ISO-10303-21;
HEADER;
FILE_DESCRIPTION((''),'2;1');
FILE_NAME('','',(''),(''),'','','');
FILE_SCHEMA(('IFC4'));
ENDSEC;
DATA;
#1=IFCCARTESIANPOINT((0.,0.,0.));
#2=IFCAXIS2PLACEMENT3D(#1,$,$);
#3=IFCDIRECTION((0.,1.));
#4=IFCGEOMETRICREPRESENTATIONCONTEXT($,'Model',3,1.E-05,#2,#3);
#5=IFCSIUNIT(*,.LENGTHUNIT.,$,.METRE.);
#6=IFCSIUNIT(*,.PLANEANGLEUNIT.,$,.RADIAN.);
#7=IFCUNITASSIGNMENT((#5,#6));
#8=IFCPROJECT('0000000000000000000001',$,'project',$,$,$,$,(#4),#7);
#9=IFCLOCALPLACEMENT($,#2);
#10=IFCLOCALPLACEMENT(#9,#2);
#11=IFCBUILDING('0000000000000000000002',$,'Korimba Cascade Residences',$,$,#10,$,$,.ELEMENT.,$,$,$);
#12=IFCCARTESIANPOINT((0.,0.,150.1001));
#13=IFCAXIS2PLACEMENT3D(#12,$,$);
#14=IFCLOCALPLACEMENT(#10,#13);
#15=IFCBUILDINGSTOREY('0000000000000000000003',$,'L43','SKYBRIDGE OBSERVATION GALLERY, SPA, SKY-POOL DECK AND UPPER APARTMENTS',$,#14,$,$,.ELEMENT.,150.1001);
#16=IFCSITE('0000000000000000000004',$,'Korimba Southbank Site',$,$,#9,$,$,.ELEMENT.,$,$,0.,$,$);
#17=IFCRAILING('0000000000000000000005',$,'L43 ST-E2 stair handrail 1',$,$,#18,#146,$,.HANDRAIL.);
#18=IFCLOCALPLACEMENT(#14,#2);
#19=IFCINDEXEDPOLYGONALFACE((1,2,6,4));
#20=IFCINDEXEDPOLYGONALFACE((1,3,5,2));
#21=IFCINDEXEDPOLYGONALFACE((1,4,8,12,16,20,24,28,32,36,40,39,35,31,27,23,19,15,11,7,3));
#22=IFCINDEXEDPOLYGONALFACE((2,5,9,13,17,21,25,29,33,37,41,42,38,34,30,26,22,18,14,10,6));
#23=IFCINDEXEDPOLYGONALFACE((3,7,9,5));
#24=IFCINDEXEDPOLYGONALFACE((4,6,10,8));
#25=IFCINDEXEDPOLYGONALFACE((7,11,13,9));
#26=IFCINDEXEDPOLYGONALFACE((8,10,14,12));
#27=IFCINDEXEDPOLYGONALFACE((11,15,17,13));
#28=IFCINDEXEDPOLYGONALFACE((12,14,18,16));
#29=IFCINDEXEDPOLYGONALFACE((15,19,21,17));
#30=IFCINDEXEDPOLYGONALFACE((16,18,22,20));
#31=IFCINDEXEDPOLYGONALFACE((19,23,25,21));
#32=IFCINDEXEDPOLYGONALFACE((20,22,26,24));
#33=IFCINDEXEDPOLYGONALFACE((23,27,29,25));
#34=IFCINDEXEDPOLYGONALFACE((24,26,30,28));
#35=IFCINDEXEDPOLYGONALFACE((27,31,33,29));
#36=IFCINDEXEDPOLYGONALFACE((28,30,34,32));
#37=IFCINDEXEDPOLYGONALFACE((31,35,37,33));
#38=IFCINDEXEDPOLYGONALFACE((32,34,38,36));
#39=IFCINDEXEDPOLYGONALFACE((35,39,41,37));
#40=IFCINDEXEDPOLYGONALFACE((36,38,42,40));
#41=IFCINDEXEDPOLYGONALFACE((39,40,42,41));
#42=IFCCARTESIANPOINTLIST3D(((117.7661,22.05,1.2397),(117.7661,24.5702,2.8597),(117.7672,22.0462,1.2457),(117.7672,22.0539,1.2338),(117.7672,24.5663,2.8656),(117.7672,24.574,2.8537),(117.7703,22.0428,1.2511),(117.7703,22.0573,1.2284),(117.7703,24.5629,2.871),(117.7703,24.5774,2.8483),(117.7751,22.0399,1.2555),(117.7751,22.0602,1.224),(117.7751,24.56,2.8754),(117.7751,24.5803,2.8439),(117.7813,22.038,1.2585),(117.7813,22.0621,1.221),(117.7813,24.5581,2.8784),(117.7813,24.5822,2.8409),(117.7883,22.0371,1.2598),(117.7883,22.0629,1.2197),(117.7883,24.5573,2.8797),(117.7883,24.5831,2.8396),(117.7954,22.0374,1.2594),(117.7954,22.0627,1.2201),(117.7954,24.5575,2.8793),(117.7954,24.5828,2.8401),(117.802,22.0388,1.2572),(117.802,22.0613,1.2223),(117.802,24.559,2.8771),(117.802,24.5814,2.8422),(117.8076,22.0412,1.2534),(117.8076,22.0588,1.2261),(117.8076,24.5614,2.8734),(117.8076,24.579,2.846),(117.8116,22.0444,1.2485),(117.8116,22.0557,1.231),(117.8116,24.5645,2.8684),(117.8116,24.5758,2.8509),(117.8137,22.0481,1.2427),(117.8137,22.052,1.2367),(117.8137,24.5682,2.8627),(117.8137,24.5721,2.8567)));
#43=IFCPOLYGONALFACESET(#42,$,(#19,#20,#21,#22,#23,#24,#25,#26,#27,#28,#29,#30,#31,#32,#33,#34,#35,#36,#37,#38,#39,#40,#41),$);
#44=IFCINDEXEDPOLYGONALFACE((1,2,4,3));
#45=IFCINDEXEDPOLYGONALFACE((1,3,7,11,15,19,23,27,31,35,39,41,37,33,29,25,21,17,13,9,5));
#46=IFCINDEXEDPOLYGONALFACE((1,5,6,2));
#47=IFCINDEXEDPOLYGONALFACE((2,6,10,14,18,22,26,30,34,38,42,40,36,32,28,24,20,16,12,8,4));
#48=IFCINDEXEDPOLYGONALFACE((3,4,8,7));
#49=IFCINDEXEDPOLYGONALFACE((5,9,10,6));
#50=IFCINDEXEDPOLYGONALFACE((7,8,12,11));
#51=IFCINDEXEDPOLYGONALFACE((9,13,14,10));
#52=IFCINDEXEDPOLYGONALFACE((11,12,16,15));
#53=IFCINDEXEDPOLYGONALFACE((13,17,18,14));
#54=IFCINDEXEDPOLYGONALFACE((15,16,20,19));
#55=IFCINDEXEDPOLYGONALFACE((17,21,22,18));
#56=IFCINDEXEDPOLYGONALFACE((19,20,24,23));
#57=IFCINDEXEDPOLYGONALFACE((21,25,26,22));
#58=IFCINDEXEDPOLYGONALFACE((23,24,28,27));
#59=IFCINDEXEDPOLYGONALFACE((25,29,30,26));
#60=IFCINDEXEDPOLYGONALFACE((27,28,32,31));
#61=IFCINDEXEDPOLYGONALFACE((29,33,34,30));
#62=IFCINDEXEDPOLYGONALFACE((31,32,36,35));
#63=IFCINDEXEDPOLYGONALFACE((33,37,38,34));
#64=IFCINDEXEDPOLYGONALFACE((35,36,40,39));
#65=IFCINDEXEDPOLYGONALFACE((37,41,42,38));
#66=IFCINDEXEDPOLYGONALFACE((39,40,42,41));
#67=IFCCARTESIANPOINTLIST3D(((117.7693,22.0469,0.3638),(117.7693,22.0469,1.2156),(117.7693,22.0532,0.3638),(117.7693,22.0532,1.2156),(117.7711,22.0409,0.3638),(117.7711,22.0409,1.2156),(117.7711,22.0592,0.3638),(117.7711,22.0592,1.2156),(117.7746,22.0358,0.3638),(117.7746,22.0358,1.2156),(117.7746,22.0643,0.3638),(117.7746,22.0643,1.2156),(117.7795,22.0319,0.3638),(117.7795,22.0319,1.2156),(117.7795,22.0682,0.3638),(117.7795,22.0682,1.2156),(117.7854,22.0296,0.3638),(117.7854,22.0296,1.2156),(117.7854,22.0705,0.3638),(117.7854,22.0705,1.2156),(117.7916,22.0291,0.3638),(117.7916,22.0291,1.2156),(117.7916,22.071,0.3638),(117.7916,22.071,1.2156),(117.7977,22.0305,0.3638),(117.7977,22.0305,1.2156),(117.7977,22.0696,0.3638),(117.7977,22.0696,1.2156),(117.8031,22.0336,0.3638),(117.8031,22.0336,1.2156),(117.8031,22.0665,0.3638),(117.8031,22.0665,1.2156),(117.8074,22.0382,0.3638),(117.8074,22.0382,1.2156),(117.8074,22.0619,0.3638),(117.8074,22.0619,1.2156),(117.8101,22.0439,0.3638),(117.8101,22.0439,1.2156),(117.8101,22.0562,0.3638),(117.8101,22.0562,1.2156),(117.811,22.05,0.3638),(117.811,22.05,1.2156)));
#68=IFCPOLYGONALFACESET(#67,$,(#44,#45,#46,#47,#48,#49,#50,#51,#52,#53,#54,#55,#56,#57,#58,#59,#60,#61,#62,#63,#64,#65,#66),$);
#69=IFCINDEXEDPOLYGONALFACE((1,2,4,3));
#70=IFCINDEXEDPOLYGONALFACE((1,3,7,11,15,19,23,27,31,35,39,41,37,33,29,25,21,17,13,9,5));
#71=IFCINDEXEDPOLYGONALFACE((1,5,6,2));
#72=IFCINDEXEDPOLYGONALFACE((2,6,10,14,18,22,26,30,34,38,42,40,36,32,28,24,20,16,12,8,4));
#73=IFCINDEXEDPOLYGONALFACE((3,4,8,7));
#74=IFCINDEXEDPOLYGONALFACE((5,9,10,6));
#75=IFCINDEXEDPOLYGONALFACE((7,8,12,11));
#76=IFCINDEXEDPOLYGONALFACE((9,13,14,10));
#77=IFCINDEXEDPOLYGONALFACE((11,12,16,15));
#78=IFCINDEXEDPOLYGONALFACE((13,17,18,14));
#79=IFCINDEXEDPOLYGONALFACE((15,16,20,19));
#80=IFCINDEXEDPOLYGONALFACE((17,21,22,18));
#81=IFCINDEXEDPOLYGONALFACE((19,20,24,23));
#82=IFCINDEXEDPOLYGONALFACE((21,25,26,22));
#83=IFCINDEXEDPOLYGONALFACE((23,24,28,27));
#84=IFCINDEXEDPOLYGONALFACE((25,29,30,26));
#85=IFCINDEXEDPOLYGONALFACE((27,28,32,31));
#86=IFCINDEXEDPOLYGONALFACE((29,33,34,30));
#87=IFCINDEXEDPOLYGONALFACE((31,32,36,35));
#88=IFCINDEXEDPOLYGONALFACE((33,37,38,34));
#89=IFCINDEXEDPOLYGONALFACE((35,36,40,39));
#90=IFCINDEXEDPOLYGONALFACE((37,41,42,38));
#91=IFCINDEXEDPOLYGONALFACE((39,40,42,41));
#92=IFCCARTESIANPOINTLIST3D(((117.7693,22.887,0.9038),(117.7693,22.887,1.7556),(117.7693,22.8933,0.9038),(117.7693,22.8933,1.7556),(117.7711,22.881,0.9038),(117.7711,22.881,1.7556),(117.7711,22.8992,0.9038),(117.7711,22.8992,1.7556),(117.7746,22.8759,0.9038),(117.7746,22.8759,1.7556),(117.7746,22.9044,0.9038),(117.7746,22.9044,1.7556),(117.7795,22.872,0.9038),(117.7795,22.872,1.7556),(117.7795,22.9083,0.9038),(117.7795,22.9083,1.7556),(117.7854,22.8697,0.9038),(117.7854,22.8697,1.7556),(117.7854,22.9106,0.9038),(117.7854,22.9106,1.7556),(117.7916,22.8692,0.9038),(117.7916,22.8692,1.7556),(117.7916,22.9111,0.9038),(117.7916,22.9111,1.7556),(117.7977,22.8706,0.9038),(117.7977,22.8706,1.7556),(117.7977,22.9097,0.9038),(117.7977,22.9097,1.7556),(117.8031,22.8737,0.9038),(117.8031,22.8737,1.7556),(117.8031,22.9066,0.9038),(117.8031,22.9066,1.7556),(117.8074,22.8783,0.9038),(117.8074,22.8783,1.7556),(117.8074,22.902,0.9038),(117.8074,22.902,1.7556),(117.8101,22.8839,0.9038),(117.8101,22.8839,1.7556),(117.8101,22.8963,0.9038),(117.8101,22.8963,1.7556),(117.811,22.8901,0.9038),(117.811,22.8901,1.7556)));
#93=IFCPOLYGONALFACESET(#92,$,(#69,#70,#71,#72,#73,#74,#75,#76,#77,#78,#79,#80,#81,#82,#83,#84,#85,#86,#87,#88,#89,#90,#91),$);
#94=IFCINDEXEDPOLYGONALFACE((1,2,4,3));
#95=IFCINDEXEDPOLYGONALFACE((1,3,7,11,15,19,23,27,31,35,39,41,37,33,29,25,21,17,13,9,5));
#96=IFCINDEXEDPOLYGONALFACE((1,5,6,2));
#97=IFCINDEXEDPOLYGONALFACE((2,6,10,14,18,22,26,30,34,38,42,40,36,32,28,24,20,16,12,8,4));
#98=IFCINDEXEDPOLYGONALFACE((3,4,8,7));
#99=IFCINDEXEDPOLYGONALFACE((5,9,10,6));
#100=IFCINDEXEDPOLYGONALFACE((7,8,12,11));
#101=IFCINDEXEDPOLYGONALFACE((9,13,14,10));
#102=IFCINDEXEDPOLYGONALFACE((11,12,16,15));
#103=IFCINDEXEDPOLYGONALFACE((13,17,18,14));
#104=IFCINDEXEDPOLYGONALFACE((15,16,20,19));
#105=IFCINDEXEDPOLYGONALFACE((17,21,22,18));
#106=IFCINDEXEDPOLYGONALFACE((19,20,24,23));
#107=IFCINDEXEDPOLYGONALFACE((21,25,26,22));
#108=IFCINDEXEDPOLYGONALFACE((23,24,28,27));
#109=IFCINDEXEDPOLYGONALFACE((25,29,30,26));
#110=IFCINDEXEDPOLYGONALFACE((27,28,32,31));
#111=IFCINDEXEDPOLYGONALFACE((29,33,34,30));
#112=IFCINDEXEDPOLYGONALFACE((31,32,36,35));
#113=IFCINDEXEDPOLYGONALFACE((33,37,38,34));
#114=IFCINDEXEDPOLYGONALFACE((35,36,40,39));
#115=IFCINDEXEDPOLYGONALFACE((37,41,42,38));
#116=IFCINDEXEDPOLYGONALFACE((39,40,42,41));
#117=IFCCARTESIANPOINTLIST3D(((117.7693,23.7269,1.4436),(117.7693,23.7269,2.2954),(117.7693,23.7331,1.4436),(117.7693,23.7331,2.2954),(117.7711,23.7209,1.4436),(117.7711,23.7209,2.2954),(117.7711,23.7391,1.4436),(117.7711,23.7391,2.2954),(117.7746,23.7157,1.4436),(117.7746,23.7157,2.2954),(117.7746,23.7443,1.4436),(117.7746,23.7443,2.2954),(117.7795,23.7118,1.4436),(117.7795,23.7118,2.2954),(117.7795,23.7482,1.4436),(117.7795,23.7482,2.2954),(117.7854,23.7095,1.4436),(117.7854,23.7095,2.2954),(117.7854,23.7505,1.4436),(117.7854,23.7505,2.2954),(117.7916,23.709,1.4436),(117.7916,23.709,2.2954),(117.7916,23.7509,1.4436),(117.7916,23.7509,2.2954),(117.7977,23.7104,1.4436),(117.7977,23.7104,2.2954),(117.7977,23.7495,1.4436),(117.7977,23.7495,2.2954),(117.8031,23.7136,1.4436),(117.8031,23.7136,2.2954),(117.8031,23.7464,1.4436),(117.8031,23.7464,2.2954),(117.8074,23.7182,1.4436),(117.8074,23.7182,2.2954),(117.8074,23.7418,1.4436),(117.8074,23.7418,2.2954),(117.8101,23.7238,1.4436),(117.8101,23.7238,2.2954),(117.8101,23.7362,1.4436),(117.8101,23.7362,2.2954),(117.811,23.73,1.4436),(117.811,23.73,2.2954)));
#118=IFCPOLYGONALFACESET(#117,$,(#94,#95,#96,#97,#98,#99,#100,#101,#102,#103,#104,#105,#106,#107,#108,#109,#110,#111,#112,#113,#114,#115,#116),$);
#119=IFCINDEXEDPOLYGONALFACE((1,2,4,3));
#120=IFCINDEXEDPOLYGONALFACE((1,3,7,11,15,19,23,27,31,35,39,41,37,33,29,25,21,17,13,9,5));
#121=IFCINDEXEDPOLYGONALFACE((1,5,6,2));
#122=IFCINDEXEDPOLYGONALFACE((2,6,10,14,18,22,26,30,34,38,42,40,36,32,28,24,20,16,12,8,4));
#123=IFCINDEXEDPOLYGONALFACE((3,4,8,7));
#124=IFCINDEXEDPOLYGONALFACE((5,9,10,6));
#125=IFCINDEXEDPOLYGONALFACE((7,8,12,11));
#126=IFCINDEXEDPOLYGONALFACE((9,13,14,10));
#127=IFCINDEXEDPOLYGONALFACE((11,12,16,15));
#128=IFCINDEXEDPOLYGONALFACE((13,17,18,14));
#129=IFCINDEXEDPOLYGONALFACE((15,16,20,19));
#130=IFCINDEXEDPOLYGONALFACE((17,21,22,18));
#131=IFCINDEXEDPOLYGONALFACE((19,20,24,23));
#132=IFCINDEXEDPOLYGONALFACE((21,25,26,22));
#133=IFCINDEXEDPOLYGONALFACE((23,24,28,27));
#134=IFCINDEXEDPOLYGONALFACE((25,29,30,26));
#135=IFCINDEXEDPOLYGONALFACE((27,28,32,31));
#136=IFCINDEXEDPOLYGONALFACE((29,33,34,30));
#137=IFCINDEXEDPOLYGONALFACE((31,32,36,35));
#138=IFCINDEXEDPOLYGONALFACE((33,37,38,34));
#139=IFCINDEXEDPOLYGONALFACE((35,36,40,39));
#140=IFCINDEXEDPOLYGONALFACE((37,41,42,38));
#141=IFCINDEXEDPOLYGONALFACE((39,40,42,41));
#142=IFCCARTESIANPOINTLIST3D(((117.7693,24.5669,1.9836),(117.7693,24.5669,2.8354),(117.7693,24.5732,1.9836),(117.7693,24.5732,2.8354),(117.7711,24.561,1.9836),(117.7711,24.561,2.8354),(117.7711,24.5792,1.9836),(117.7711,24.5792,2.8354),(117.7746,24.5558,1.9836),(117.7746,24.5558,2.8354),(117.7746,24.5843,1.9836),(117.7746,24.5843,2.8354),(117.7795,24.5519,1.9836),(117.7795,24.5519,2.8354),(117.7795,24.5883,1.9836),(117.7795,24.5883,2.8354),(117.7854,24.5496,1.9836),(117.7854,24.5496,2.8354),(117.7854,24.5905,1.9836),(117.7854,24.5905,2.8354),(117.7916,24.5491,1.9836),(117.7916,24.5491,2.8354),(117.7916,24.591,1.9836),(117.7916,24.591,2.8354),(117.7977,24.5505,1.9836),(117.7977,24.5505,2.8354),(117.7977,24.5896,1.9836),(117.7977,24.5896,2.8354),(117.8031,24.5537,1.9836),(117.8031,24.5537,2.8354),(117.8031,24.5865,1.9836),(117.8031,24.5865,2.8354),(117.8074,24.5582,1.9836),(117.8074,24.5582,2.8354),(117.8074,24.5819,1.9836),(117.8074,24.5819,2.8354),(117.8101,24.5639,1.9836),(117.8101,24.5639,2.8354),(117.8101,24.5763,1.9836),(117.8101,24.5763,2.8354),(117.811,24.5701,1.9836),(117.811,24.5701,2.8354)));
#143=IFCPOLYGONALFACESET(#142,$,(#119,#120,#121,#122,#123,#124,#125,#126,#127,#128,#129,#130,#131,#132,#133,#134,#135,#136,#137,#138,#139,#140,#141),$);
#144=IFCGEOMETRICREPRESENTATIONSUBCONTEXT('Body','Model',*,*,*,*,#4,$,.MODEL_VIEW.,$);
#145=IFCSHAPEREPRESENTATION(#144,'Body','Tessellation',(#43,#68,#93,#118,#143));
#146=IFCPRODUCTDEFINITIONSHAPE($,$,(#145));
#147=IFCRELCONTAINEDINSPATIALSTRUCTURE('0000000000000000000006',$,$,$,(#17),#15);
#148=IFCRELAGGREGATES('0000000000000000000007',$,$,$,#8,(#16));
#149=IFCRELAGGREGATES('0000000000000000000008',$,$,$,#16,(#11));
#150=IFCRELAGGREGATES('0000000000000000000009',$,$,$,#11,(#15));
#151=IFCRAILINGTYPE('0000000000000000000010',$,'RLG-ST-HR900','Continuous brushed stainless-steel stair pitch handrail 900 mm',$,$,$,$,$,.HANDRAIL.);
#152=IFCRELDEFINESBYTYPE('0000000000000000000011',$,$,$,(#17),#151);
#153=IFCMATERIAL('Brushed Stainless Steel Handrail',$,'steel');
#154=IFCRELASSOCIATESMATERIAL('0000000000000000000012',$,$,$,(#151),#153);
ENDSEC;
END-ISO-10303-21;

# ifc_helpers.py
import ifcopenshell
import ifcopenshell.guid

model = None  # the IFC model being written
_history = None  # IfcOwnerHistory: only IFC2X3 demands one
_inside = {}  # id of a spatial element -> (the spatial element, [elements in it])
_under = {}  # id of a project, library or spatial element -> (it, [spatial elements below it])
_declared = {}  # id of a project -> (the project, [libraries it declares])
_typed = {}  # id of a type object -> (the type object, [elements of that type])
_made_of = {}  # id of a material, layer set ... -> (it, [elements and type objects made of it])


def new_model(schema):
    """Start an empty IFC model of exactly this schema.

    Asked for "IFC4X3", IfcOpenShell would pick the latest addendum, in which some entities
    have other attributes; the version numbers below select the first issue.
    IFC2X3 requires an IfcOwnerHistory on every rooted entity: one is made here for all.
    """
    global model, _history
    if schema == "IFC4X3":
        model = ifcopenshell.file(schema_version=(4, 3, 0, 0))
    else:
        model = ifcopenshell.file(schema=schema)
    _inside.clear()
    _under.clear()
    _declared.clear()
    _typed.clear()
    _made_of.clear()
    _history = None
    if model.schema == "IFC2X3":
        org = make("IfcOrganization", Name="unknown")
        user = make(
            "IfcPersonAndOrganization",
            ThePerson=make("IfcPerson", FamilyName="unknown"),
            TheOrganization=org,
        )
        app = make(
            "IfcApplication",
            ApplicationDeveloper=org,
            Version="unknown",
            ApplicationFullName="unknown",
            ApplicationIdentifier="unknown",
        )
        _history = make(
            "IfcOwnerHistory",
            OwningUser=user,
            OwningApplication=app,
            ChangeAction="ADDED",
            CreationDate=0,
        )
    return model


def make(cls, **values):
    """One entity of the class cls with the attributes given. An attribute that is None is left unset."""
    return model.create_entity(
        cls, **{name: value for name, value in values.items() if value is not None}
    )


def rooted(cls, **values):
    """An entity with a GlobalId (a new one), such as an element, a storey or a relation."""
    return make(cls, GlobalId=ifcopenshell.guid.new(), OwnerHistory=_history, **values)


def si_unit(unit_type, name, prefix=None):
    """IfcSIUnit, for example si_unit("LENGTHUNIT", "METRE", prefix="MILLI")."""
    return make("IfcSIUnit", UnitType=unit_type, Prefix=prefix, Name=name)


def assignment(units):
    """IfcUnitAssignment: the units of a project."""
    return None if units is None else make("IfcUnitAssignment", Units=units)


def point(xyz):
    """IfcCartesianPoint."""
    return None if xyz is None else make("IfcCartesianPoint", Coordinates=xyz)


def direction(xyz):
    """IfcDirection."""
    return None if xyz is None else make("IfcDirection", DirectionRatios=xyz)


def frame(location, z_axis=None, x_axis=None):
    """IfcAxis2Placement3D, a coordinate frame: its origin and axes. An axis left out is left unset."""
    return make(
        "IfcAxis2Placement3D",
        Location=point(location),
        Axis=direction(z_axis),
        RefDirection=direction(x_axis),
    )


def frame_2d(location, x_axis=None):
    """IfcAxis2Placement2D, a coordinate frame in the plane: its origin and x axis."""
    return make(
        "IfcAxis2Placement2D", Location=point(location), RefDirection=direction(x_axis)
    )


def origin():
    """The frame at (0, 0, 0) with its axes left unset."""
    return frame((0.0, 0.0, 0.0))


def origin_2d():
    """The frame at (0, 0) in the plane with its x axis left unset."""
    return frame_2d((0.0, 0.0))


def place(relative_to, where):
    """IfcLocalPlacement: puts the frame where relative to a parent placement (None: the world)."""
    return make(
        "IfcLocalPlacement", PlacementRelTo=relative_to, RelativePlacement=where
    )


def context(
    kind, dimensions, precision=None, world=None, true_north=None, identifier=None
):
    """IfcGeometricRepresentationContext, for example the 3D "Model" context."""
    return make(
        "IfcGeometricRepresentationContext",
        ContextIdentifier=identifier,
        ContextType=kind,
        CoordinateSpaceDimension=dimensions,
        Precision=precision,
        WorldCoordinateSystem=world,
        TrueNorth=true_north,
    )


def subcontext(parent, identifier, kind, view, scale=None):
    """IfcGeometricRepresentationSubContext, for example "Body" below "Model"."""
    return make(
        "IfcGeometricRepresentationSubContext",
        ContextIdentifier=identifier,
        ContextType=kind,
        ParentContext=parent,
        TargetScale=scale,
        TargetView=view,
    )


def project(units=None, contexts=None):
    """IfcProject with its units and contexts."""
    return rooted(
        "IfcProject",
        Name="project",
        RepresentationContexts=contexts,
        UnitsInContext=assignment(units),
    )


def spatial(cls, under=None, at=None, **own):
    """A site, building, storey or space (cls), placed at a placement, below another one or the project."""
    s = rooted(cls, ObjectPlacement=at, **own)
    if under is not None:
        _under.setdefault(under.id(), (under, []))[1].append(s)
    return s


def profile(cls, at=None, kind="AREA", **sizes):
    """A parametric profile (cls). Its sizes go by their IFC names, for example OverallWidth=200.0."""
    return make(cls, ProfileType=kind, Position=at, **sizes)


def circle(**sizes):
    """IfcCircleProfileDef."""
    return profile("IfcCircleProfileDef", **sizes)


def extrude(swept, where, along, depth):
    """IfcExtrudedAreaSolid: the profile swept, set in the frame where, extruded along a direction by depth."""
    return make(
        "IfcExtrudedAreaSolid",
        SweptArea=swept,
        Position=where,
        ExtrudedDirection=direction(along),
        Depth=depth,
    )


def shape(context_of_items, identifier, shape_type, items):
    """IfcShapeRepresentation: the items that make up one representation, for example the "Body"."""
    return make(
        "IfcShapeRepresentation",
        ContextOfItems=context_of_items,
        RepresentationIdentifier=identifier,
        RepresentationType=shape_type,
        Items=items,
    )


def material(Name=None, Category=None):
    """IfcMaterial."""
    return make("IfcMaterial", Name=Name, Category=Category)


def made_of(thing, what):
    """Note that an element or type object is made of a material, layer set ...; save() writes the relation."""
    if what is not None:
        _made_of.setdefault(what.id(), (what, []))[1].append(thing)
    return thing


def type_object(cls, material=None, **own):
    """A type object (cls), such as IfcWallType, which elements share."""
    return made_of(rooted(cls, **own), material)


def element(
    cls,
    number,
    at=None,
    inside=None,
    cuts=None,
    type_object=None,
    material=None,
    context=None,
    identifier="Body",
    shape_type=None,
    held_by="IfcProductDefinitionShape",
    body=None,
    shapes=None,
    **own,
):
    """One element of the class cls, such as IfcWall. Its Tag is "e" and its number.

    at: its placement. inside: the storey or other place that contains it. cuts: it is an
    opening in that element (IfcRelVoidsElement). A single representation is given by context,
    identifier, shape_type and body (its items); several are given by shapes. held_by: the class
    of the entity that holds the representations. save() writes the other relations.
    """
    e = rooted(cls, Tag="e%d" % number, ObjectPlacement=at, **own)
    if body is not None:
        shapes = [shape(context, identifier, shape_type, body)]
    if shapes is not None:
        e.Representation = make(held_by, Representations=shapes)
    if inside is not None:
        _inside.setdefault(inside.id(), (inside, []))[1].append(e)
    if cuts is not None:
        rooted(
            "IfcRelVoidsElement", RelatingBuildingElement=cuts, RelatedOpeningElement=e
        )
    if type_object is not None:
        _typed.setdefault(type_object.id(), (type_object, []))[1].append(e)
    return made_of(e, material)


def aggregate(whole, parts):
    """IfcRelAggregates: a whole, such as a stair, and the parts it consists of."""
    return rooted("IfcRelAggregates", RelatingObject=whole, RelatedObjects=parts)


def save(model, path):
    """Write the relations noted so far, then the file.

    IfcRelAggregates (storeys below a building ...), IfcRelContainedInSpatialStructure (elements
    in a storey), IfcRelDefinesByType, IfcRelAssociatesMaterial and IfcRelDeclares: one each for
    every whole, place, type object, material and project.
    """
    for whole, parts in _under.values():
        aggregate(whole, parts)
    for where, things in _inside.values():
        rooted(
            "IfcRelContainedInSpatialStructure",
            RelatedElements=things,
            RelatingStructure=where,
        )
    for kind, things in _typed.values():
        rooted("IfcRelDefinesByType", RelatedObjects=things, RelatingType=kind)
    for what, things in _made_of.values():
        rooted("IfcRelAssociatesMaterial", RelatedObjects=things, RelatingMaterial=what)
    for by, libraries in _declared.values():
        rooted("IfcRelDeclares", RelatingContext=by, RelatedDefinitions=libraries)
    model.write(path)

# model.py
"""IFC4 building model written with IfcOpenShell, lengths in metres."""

from ifc_helpers import new_model, si_unit, direction, frame, origin, origin_2d, place, context, subcontext, project, spatial, circle, extrude, material, type_object, element, save


model = new_model("IFC4")

# Units and contexts
model_context = context("Model", 3, precision=1e-05, world=origin(), true_north=direction((0.0, 1.0)))
body_context = subcontext(model_context, "Body", "Model", "MODEL_VIEW")
ifc_project = project(units=[si_unit("LENGTHUNIT", "METRE"), si_unit("PLANEANGLEUNIT", "RADIAN")], contexts=[model_context])

# Site, building, storey
site_placement = place(None, origin())
site = spatial("IfcSite", under=ifc_project, at=site_placement, Name="Korimba Southbank Site", CompositionType="ELEMENT", RefElevation=0.0)
building_placement = place(site_placement, origin())
building = spatial("IfcBuilding", under=site, at=building_placement, Name="Korimba Cascade Residences", CompositionType="ELEMENT")
storey_placement = place(building_placement, frame((0.0, 0.0, 150.1001)))
storey = spatial("IfcBuildingStorey", under=building, at=storey_placement, Name="L43", Description="SKYBRIDGE OBSERVATION GALLERY, SPA, SKY-POOL DECK AND UPPER APARTMENTS", CompositionType="ELEMENT", Elevation=150.1001)

# Railing
ifc_material_1 = material(Name="Brushed Stainless Steel Handrail", Category="steel")
railing_type_1 = type_object("IfcRailingType", Name="RLG-ST-HR900", Description="Continuous brushed stainless-steel stair pitch handrail 900 mm", PredefinedType="HANDRAIL", material=ifc_material_1)
railing_1_placement = place(storey_placement, frame((117.79, 22.05, 0.3638)))
element("IfcRailing", 1, at=railing_1_placement, inside=storey, type_object=railing_type_1, Name="L43 ST-E2 stair handrail 1", PredefinedType="HANDRAIL", context=body_context, shape_type="SweptSolid", body=[
    extrude(circle(Radius=0.0239, at=origin_2d()), frame((0.0, 0.0, 0.876), z_axis=(0.0, 0.8412, 0.540725), x_axis=(-1.0, 0.0, 0.0)), (0.0, 0.0, 1.0), 2.9958),
    extrude(circle(Radius=0.021, at=origin_2d()), origin(), (0.0, 0.0, 1.0), 0.8518),
    extrude(circle(Radius=0.021, at=origin_2d()), frame((0.0, 0.8401, 0.54)), (0.0, 0.0, 1.0), 0.8518),
    extrude(circle(Radius=0.021, at=origin_2d()), frame((0.0, 1.6799, 1.0798)), (0.0, 0.0, 1.0), 0.8518),
    extrude(circle(Radius=0.021, at=origin_2d()), frame((0.0, 2.52, 1.6199)), (0.0, 0.0, 1.0), 0.8518),
])

save(model, "model.ifc")
